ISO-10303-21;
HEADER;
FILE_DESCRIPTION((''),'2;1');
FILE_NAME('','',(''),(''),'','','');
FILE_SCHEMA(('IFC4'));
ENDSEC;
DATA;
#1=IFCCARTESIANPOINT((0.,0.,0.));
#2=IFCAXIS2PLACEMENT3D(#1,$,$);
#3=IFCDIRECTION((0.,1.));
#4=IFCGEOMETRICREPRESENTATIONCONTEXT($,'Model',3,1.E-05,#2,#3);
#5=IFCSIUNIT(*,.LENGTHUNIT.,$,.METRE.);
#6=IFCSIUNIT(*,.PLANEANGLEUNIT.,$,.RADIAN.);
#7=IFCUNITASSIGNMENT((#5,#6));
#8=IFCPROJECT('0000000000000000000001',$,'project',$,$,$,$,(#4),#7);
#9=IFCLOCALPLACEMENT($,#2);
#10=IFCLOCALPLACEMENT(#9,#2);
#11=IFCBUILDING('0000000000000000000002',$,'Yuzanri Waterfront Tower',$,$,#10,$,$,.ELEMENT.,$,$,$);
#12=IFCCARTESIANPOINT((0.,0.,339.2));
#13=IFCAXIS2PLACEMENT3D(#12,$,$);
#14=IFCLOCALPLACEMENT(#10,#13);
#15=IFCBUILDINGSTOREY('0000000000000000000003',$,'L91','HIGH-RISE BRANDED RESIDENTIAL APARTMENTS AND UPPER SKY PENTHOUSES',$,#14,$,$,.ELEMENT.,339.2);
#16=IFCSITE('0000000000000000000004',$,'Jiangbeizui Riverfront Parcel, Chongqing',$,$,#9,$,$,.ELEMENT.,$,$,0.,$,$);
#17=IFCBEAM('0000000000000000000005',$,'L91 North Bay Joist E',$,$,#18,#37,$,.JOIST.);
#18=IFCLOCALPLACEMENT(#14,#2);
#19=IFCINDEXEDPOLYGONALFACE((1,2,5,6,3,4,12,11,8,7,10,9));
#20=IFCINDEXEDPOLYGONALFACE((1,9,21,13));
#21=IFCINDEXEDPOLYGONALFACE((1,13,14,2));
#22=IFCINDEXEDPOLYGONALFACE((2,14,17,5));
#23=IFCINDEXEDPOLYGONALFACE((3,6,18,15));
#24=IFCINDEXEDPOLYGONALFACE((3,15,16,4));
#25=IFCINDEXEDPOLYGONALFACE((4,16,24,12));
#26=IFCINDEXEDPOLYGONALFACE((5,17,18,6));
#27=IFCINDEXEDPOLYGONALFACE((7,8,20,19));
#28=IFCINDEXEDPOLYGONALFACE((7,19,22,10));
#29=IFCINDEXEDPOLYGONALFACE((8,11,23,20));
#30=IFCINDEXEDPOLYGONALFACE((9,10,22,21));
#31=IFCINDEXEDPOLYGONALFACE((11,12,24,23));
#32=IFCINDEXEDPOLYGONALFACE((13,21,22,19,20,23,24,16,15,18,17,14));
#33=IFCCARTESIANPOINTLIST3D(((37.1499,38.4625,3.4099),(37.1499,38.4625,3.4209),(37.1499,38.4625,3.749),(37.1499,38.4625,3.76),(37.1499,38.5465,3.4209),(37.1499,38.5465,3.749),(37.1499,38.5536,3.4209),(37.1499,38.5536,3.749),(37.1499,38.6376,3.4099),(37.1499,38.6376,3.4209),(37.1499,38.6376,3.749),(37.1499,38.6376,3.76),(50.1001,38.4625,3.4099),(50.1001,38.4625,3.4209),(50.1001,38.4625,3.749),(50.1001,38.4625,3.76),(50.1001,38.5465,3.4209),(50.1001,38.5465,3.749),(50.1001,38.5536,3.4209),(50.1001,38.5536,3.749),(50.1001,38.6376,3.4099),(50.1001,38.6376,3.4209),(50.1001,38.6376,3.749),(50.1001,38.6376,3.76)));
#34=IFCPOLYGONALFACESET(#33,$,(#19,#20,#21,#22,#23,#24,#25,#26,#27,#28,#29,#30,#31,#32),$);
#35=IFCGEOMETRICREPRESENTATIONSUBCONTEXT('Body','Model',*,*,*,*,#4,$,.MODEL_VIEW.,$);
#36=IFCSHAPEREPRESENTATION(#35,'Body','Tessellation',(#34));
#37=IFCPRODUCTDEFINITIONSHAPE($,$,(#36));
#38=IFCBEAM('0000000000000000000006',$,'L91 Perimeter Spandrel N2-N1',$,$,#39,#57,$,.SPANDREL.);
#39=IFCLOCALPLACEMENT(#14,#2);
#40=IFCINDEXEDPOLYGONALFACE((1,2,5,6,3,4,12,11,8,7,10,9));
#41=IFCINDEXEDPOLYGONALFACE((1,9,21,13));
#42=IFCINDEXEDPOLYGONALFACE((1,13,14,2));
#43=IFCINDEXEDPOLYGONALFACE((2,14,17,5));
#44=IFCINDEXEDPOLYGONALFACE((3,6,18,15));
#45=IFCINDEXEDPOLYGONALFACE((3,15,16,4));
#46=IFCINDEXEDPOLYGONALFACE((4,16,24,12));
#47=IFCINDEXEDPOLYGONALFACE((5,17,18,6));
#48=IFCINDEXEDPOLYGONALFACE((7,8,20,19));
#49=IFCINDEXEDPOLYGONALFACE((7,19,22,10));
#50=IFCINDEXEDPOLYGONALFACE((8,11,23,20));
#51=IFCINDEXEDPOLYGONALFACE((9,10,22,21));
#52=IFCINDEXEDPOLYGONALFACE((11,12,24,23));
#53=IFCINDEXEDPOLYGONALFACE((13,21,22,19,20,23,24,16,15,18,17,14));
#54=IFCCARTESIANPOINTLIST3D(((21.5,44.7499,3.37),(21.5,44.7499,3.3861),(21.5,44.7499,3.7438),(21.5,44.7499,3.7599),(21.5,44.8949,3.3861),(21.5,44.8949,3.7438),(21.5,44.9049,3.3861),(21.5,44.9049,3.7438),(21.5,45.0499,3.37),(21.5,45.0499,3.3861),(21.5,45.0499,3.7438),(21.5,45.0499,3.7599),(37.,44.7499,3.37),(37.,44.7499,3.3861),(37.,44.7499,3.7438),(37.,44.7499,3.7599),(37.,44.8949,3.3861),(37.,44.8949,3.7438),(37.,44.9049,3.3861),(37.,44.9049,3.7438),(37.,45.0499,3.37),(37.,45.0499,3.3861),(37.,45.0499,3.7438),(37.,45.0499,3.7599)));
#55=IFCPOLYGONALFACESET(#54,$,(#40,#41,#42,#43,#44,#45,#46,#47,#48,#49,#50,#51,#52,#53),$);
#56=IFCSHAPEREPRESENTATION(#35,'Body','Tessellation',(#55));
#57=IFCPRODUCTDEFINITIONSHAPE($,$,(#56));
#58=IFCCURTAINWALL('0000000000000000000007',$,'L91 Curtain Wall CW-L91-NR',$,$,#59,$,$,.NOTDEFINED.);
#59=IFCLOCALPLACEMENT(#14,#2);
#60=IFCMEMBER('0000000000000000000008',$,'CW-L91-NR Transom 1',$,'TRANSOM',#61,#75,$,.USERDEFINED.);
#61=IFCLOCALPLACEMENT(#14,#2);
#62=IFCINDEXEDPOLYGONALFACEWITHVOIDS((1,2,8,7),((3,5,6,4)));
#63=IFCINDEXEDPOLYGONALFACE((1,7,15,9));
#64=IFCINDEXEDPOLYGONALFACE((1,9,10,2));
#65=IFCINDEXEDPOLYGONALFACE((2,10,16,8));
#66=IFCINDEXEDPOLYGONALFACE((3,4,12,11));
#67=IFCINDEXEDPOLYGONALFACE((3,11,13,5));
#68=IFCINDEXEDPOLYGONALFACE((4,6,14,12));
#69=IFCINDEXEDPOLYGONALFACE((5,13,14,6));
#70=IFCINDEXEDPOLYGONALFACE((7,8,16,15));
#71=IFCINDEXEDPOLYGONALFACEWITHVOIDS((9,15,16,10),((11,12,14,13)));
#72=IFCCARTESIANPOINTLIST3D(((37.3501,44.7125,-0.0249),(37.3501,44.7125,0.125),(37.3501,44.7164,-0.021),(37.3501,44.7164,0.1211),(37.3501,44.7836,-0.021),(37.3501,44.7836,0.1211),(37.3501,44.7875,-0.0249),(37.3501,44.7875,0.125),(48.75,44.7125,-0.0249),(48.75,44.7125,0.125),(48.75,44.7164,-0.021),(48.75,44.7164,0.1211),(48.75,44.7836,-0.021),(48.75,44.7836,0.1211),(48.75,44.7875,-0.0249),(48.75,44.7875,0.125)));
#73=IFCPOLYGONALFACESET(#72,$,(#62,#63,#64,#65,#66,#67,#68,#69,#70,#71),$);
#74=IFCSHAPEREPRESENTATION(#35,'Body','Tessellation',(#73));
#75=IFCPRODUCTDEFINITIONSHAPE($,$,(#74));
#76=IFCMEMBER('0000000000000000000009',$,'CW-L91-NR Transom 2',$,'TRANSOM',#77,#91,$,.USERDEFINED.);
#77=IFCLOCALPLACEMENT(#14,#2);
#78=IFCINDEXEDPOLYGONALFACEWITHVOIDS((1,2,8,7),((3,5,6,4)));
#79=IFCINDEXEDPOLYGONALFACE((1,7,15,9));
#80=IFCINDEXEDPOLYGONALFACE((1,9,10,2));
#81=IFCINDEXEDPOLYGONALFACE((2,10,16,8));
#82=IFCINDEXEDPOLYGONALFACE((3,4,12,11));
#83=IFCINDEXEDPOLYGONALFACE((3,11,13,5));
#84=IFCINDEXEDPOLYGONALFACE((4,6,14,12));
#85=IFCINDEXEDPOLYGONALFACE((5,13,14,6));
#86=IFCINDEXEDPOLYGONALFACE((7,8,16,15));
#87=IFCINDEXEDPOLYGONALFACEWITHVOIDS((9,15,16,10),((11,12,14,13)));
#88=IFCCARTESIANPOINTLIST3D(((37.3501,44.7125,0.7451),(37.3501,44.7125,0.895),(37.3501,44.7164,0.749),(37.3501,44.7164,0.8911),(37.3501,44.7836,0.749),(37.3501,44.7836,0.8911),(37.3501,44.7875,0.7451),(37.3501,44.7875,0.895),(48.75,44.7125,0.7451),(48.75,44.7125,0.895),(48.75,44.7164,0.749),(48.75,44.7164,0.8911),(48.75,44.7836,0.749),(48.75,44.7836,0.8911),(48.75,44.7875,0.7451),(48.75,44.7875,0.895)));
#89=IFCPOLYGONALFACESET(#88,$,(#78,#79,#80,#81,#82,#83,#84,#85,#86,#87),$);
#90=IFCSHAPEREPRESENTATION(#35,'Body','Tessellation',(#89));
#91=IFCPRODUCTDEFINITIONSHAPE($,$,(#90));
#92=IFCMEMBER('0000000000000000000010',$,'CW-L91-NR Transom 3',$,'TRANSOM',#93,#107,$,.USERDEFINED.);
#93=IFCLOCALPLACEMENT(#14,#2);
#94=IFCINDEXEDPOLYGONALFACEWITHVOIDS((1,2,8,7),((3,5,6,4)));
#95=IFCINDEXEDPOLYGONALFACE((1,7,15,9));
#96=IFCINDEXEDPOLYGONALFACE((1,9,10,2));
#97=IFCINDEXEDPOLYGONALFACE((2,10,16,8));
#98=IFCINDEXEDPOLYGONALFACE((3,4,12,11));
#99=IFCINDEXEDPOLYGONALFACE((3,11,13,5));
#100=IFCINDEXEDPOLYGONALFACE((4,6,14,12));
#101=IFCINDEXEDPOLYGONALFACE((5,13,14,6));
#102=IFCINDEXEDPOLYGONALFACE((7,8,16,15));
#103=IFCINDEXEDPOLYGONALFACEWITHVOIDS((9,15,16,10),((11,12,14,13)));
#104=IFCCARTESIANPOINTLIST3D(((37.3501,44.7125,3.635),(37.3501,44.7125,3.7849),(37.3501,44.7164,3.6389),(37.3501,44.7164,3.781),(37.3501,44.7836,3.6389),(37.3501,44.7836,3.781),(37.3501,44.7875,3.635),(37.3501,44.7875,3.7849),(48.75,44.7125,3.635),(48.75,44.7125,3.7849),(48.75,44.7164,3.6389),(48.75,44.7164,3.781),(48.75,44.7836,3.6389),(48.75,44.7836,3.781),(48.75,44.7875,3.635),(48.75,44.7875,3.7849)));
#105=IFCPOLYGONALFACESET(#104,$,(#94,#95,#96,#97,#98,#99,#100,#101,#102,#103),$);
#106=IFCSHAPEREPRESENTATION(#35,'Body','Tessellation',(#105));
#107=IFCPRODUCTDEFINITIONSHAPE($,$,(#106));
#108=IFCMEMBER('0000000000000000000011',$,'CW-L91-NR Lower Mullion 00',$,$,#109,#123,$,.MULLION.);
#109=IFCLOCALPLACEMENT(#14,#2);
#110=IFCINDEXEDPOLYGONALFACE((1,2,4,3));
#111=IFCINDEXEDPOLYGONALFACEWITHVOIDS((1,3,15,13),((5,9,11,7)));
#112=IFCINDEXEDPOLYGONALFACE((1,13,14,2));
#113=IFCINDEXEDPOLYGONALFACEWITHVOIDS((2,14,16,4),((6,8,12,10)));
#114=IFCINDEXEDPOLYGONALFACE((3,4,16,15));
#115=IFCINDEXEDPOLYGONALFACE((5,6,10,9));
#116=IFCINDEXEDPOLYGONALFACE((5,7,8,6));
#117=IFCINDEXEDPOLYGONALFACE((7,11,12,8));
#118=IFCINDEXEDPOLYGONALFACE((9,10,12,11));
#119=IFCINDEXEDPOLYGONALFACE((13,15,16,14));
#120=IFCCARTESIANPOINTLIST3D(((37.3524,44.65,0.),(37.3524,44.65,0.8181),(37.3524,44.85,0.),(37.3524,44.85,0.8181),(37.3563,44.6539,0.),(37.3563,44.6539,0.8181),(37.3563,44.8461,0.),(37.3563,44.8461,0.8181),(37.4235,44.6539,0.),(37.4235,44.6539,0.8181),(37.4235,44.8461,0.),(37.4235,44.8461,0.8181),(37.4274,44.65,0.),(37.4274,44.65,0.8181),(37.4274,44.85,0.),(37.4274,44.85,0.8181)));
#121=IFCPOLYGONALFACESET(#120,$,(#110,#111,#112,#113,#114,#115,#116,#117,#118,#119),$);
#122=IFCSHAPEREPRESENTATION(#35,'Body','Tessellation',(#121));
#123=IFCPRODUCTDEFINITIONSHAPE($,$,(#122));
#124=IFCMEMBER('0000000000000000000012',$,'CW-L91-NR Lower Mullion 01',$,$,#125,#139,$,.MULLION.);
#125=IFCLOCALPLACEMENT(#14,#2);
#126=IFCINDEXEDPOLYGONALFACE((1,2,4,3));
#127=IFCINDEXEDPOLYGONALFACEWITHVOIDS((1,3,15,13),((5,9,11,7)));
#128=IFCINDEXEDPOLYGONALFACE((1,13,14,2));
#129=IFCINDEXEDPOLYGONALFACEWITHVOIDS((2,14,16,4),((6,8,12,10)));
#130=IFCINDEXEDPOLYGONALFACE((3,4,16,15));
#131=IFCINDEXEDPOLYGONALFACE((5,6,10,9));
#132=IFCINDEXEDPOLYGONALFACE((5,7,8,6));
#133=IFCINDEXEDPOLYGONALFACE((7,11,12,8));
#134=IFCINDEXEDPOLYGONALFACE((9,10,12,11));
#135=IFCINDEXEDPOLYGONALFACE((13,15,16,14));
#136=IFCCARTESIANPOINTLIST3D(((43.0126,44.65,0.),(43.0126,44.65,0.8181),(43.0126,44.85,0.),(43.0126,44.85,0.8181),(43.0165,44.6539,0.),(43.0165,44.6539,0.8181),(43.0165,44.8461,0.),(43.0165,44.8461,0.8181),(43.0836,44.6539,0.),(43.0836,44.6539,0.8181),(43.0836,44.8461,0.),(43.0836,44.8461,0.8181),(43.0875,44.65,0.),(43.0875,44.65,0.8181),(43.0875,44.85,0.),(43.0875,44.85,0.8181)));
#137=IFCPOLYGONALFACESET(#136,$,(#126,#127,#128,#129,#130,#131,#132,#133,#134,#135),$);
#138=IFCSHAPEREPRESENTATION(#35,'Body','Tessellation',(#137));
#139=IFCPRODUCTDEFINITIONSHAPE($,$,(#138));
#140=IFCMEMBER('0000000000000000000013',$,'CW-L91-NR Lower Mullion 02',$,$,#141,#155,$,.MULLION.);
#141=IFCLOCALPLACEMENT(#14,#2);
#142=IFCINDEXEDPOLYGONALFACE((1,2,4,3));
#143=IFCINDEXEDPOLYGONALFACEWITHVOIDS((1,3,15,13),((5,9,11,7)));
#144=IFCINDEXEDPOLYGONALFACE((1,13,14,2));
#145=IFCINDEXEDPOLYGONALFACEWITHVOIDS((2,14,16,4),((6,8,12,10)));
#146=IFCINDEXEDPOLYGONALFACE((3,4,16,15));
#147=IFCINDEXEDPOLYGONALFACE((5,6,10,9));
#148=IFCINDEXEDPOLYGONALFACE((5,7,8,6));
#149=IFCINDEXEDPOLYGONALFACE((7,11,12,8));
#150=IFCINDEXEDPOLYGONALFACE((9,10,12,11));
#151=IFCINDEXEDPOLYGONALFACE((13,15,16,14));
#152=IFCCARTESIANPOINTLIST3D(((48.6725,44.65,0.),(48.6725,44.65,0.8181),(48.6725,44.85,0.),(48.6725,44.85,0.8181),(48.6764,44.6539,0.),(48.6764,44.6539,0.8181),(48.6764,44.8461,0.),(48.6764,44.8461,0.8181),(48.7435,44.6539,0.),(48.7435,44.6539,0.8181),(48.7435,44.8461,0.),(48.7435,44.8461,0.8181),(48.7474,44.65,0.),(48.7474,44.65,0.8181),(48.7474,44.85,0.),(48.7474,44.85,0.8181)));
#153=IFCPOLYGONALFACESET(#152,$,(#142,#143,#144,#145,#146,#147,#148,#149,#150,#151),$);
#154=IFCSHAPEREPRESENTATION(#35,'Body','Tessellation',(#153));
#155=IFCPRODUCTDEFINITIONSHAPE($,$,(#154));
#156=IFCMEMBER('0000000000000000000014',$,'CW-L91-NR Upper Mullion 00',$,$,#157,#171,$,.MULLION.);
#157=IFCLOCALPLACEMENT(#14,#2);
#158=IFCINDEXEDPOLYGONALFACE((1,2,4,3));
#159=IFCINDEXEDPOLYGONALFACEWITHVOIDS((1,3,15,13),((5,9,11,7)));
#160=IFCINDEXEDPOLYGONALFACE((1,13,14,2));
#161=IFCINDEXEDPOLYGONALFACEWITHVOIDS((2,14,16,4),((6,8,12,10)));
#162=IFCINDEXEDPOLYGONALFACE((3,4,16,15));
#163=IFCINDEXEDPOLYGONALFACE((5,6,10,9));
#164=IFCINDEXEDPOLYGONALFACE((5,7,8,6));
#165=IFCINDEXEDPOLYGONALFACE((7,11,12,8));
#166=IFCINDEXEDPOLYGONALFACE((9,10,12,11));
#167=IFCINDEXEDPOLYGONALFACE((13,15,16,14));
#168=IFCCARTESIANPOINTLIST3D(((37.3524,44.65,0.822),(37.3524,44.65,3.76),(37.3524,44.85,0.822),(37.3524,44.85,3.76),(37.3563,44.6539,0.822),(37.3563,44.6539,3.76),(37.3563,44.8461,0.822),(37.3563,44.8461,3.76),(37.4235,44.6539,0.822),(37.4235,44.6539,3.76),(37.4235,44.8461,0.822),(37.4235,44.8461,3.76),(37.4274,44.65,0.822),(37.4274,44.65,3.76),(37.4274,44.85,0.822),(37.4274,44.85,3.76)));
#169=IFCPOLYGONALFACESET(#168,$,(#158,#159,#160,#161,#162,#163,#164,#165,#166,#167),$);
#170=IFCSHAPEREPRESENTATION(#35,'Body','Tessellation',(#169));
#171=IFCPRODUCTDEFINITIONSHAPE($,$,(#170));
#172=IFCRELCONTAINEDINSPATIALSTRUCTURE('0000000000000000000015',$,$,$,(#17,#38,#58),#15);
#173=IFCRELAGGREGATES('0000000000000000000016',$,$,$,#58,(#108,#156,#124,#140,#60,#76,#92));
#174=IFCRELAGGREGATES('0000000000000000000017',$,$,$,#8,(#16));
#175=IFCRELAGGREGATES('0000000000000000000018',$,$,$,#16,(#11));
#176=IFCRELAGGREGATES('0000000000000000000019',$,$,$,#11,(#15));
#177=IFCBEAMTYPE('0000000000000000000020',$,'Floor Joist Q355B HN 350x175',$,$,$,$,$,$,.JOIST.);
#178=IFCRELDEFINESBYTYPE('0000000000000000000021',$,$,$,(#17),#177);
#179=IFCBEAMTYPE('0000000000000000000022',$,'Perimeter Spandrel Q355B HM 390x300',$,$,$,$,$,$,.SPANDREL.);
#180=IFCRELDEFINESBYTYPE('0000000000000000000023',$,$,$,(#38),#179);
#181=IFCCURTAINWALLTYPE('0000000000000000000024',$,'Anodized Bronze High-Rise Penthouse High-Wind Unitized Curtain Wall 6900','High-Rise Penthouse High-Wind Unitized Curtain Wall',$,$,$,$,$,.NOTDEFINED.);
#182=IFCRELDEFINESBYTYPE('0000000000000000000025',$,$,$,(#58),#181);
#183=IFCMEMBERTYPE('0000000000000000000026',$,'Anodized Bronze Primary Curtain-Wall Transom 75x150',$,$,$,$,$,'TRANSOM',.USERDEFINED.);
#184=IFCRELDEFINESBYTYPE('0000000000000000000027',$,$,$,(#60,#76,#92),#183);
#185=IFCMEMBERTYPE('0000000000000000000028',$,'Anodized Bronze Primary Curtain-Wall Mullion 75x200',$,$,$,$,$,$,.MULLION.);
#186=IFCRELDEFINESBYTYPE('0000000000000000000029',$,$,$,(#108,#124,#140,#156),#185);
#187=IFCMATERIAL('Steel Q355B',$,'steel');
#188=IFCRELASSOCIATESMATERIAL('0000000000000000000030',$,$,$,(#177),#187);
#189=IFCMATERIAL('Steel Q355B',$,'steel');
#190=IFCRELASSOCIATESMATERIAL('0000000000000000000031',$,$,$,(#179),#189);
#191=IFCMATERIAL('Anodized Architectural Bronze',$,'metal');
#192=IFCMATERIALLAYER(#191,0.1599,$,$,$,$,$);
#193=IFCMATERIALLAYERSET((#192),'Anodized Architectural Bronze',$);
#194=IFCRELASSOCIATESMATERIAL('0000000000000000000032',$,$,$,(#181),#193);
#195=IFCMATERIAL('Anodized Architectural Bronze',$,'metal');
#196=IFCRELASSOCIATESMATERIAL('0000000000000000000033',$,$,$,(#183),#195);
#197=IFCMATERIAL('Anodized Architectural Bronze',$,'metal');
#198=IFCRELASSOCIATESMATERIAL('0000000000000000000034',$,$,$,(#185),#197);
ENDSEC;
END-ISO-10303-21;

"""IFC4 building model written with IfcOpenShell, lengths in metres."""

from ifc_helpers import new_model, si_unit, direction, frame, origin, origin_2d, place, context, subcontext, project, spatial, hollow_rectangle, i_section, extrude, source, transform, mapped, material, layer, layer_set, material_profile, profile_set, type_object, element, aggregate, save


model = new_model("IFC4")

# Units and contexts
model_context = context("Model", 3, precision=1e-05, world=origin(), true_north=direction((0.0, 1.0)))
body_context = subcontext(model_context, "Body", "Model", "MODEL_VIEW")
ifc_project = project(units=[si_unit("LENGTHUNIT", "METRE"), si_unit("PLANEANGLEUNIT", "RADIAN")], contexts=[model_context])

# Site, building, storey
site_placement = place(None, origin())
site = spatial("IfcSite", under=ifc_project, at=site_placement, Name="Jiangbeizui Riverfront Parcel, Chongqing", CompositionType="ELEMENT", RefElevation=0.0)
building_placement = place(site_placement, origin())
building = spatial("IfcBuilding", under=site, at=building_placement, Name="Yuzanri Waterfront Tower", CompositionType="ELEMENT")
storey_placement = place(building_placement, frame((0.0, 0.0, 339.2)))
storey = spatial("IfcBuildingStorey", under=building, at=storey_placement, Name="L91", Description="HIGH-RISE BRANDED RESIDENTIAL APARTMENTS AND UPPER SKY PENTHOUSES", CompositionType="ELEMENT", Elevation=339.2)

# Beams
ifc_material_1 = material(Name="Steel Q355B", Category="steel")
ifc_material_profile_1 = material_profile(ifc_material_1, i_section(OverallWidth=0.175, OverallDepth=0.3501, WebThickness=0.0071, FlangeThickness=0.011, at=origin_2d()), Name="HN 350x175x7x11")
ifc_profile_set_1 = profile_set([ifc_material_profile_1], Name="Steel Q355B")
beam_type_1 = type_object("IfcBeamType", Name="Floor Joist Q355B HN 350x175", PredefinedType="JOIST", material=ifc_profile_set_1)
shared_shape_1 = source(origin(), body_context, "Body", "SweptSolid", [
    extrude(i_section(OverallWidth=0.175, OverallDepth=0.3501, WebThickness=0.0071, FlangeThickness=0.011, at=origin_2d()), origin(), (0.0, 0.0, 1.0), 12.9502),
])
beam_1_placement = place(storey_placement, frame((37.1499, 38.55, 3.585), z_axis=(1.0, 0.0, 0.0), x_axis=(0.0, 1.0, 0.0)))
element("IfcBeam", 1, at=beam_1_placement, inside=storey, type_object=beam_type_1, Name="L91 North Bay Joist E", PredefinedType="JOIST", context=body_context, shape_type="MappedRepresentation", body=[
    mapped(shared_shape_1, transform((0.0, 0.0, 0.0), scale=1.0)),
])
ifc_material_2 = material(Name="Steel Q355B", Category="steel")
ifc_material_profile_2 = material_profile(ifc_material_2, i_section(OverallWidth=0.3, OverallDepth=0.3899, WebThickness=0.01, FlangeThickness=0.0161, at=origin_2d()), Name="HM 390x300x10x16")
ifc_profile_set_2 = profile_set([ifc_material_profile_2], Name="Steel Q355B")
beam_type_2 = type_object("IfcBeamType", Name="Perimeter Spandrel Q355B HM 390x300", PredefinedType="SPANDREL", material=ifc_profile_set_2)
shared_shape_2 = source(origin(), body_context, "Body", "SweptSolid", [
    extrude(i_section(OverallWidth=0.3, OverallDepth=0.3899, WebThickness=0.01, FlangeThickness=0.0161, at=origin_2d()), origin(), (0.0, 0.0, 1.0), 15.5),
])
beam_2_placement = place(storey_placement, frame((37.0, 44.8999, 3.5649), z_axis=(-1.0, 0.0, 0.0), x_axis=(0.0, -1.0, 0.0)))
element("IfcBeam", 2, at=beam_2_placement, inside=storey, type_object=beam_type_2, Name="L91 Perimeter Spandrel N2-N1", PredefinedType="SPANDREL", context=body_context, shape_type="MappedRepresentation", body=[
    mapped(shared_shape_2, transform((0.0, 0.0, 0.0), scale=1.0)),
])

# Curtain wall, members
ifc_material_3 = material(Name="Anodized Architectural Bronze", Category="metal")
ifc_layer_1 = layer(ifc_material_3, 0.1599)
ifc_layer_set_1 = layer_set([ifc_layer_1], Name="Anodized Architectural Bronze")
curtain_wall_type = type_object("IfcCurtainWallType", Name="Anodized Bronze High-Rise Penthouse High-Wind Unitized Curtain Wall 6900", Description="High-Rise Penthouse High-Wind Unitized Curtain Wall", PredefinedType="NOTDEFINED", material=ifc_layer_set_1)
curtain_wall_placement = place(storey_placement, origin())
curtain_wall = element("IfcCurtainWall", 3, at=curtain_wall_placement, inside=storey, type_object=curtain_wall_type, Name="L91 Curtain Wall CW-L91-NR", PredefinedType="NOTDEFINED")
ifc_material_4 = material(Name="Anodized Architectural Bronze", Category="metal")
ifc_material_profile_3 = material_profile(ifc_material_4, hollow_rectangle(XDim=0.075, YDim=0.1499, WallThickness=0.0039, at=origin_2d()), Name="CWT 75x150")
ifc_profile_set_3 = profile_set([ifc_material_profile_3], Name="Anodized Architectural Bronze")
member_type_1 = type_object("IfcMemberType", Name="Anodized Bronze Primary Curtain-Wall Transom 75x150", ElementType="TRANSOM", PredefinedType="USERDEFINED", material=ifc_profile_set_3)
shared_shape_3 = source(origin(), body_context, "Body", "SweptSolid", [
    extrude(hollow_rectangle(XDim=0.075, YDim=0.1499, WallThickness=0.0039, at=origin_2d()), origin(), (0.0, 0.0, 1.0), 11.3999),
])
member_1_placement = place(storey_placement, frame((37.3501, 44.75, 0.05), z_axis=(1.0, 0.0, 0.0), x_axis=(0.0, 1.0, 0.0)))
member_1 = element("IfcMember", 4, at=member_1_placement, type_object=member_type_1, Name="CW-L91-NR Transom 1", ObjectType="TRANSOM", PredefinedType="USERDEFINED", context=body_context, shape_type="MappedRepresentation", body=[
    mapped(shared_shape_3, transform((0.0, 0.0, 0.0), scale=1.0)),
])
member_2_placement = place(storey_placement, frame((37.3501, 44.75, 0.8201), z_axis=(1.0, 0.0, 0.0), x_axis=(0.0, 1.0, 0.0)))
member_2 = element("IfcMember", 5, at=member_2_placement, type_object=member_type_1, Name="CW-L91-NR Transom 2", ObjectType="TRANSOM", PredefinedType="USERDEFINED", context=body_context, shape_type="MappedRepresentation", body=[
    mapped(shared_shape_3, transform((0.0, 0.0, 0.0), scale=1.0)),
])
member_3_placement = place(storey_placement, frame((37.3501, 44.75, 3.71), z_axis=(1.0, 0.0, 0.0), x_axis=(0.0, 1.0, 0.0)))
member_3 = element("IfcMember", 6, at=member_3_placement, type_object=member_type_1, Name="CW-L91-NR Transom 3", ObjectType="TRANSOM", PredefinedType="USERDEFINED", context=body_context, shape_type="MappedRepresentation", body=[
    mapped(shared_shape_3, transform((0.0, 0.0, 0.0), scale=1.0)),
])
ifc_material_5 = material(Name="Anodized Architectural Bronze", Category="metal")
ifc_material_profile_4 = material_profile(ifc_material_5, hollow_rectangle(XDim=0.075, YDim=0.2, WallThickness=0.0039, at=origin_2d()), Name="CWM 75x200")
ifc_profile_set_4 = profile_set([ifc_material_profile_4], Name="Anodized Architectural Bronze")
member_type_2 = type_object("IfcMemberType", Name="Anodized Bronze Primary Curtain-Wall Mullion 75x200", PredefinedType="MULLION", material=ifc_profile_set_4)
shared_shape_4 = source(origin(), body_context, "Body", "SweptSolid", [
    extrude(hollow_rectangle(XDim=0.075, YDim=0.2, WallThickness=0.0039, at=origin_2d()), origin(), (0.0, 0.0, 1.0), 0.8181),
])
member_4_placement = place(storey_placement, frame((37.3899, 44.75, 0.0), z_axis=(0.0, 0.0, 1.0), x_axis=(1.0, 0.0, 0.0)))
member_4 = element("IfcMember", 7, at=member_4_placement, type_object=member_type_2, Name="CW-L91-NR Lower Mullion 00", PredefinedType="MULLION", context=body_context, shape_type="MappedRepresentation", body=[
    mapped(shared_shape_4, transform((0.0, 0.0, 0.0), scale=1.0)),
])
member_5_placement = place(storey_placement, frame((43.05, 44.75, 0.0), z_axis=(0.0, 0.0, 1.0), x_axis=(1.0, 0.0, 0.0)))
member_5 = element("IfcMember", 8, at=member_5_placement, type_object=member_type_2, Name="CW-L91-NR Lower Mullion 01", PredefinedType="MULLION", context=body_context, shape_type="MappedRepresentation", body=[
    mapped(shared_shape_4, transform((0.0, 0.0, 0.0), scale=1.0)),
])
member_6_placement = place(storey_placement, frame((48.71, 44.75, 0.0), z_axis=(0.0, 0.0, 1.0), x_axis=(1.0, 0.0, 0.0)))
member_6 = element("IfcMember", 9, at=member_6_placement, type_object=member_type_2, Name="CW-L91-NR Lower Mullion 02", PredefinedType="MULLION", context=body_context, shape_type="MappedRepresentation", body=[
    mapped(shared_shape_4, transform((0.0, 0.0, 0.0), scale=1.0)),
])
shared_shape_5 = source(origin(), body_context, "Body", "SweptSolid", [
    extrude(hollow_rectangle(XDim=0.075, YDim=0.2, WallThickness=0.0039, at=origin_2d()), origin(), (0.0, 0.0, 1.0), 2.938),
])
member_7_placement = place(storey_placement, frame((37.3899, 44.75, 0.822), z_axis=(0.0, 0.0, 1.0), x_axis=(1.0, 0.0, 0.0)))
member_7 = element("IfcMember", 10, at=member_7_placement, type_object=member_type_2, Name="CW-L91-NR Upper Mullion 00", PredefinedType="MULLION", context=body_context, shape_type="MappedRepresentation", body=[
    mapped(shared_shape_5, transform((0.0, 0.0, 0.0), scale=1.0)),
])
aggregate(curtain_wall, [member_4, member_7, member_5, member_6, member_1, member_2, member_3])

save(model, "model.ifc")
